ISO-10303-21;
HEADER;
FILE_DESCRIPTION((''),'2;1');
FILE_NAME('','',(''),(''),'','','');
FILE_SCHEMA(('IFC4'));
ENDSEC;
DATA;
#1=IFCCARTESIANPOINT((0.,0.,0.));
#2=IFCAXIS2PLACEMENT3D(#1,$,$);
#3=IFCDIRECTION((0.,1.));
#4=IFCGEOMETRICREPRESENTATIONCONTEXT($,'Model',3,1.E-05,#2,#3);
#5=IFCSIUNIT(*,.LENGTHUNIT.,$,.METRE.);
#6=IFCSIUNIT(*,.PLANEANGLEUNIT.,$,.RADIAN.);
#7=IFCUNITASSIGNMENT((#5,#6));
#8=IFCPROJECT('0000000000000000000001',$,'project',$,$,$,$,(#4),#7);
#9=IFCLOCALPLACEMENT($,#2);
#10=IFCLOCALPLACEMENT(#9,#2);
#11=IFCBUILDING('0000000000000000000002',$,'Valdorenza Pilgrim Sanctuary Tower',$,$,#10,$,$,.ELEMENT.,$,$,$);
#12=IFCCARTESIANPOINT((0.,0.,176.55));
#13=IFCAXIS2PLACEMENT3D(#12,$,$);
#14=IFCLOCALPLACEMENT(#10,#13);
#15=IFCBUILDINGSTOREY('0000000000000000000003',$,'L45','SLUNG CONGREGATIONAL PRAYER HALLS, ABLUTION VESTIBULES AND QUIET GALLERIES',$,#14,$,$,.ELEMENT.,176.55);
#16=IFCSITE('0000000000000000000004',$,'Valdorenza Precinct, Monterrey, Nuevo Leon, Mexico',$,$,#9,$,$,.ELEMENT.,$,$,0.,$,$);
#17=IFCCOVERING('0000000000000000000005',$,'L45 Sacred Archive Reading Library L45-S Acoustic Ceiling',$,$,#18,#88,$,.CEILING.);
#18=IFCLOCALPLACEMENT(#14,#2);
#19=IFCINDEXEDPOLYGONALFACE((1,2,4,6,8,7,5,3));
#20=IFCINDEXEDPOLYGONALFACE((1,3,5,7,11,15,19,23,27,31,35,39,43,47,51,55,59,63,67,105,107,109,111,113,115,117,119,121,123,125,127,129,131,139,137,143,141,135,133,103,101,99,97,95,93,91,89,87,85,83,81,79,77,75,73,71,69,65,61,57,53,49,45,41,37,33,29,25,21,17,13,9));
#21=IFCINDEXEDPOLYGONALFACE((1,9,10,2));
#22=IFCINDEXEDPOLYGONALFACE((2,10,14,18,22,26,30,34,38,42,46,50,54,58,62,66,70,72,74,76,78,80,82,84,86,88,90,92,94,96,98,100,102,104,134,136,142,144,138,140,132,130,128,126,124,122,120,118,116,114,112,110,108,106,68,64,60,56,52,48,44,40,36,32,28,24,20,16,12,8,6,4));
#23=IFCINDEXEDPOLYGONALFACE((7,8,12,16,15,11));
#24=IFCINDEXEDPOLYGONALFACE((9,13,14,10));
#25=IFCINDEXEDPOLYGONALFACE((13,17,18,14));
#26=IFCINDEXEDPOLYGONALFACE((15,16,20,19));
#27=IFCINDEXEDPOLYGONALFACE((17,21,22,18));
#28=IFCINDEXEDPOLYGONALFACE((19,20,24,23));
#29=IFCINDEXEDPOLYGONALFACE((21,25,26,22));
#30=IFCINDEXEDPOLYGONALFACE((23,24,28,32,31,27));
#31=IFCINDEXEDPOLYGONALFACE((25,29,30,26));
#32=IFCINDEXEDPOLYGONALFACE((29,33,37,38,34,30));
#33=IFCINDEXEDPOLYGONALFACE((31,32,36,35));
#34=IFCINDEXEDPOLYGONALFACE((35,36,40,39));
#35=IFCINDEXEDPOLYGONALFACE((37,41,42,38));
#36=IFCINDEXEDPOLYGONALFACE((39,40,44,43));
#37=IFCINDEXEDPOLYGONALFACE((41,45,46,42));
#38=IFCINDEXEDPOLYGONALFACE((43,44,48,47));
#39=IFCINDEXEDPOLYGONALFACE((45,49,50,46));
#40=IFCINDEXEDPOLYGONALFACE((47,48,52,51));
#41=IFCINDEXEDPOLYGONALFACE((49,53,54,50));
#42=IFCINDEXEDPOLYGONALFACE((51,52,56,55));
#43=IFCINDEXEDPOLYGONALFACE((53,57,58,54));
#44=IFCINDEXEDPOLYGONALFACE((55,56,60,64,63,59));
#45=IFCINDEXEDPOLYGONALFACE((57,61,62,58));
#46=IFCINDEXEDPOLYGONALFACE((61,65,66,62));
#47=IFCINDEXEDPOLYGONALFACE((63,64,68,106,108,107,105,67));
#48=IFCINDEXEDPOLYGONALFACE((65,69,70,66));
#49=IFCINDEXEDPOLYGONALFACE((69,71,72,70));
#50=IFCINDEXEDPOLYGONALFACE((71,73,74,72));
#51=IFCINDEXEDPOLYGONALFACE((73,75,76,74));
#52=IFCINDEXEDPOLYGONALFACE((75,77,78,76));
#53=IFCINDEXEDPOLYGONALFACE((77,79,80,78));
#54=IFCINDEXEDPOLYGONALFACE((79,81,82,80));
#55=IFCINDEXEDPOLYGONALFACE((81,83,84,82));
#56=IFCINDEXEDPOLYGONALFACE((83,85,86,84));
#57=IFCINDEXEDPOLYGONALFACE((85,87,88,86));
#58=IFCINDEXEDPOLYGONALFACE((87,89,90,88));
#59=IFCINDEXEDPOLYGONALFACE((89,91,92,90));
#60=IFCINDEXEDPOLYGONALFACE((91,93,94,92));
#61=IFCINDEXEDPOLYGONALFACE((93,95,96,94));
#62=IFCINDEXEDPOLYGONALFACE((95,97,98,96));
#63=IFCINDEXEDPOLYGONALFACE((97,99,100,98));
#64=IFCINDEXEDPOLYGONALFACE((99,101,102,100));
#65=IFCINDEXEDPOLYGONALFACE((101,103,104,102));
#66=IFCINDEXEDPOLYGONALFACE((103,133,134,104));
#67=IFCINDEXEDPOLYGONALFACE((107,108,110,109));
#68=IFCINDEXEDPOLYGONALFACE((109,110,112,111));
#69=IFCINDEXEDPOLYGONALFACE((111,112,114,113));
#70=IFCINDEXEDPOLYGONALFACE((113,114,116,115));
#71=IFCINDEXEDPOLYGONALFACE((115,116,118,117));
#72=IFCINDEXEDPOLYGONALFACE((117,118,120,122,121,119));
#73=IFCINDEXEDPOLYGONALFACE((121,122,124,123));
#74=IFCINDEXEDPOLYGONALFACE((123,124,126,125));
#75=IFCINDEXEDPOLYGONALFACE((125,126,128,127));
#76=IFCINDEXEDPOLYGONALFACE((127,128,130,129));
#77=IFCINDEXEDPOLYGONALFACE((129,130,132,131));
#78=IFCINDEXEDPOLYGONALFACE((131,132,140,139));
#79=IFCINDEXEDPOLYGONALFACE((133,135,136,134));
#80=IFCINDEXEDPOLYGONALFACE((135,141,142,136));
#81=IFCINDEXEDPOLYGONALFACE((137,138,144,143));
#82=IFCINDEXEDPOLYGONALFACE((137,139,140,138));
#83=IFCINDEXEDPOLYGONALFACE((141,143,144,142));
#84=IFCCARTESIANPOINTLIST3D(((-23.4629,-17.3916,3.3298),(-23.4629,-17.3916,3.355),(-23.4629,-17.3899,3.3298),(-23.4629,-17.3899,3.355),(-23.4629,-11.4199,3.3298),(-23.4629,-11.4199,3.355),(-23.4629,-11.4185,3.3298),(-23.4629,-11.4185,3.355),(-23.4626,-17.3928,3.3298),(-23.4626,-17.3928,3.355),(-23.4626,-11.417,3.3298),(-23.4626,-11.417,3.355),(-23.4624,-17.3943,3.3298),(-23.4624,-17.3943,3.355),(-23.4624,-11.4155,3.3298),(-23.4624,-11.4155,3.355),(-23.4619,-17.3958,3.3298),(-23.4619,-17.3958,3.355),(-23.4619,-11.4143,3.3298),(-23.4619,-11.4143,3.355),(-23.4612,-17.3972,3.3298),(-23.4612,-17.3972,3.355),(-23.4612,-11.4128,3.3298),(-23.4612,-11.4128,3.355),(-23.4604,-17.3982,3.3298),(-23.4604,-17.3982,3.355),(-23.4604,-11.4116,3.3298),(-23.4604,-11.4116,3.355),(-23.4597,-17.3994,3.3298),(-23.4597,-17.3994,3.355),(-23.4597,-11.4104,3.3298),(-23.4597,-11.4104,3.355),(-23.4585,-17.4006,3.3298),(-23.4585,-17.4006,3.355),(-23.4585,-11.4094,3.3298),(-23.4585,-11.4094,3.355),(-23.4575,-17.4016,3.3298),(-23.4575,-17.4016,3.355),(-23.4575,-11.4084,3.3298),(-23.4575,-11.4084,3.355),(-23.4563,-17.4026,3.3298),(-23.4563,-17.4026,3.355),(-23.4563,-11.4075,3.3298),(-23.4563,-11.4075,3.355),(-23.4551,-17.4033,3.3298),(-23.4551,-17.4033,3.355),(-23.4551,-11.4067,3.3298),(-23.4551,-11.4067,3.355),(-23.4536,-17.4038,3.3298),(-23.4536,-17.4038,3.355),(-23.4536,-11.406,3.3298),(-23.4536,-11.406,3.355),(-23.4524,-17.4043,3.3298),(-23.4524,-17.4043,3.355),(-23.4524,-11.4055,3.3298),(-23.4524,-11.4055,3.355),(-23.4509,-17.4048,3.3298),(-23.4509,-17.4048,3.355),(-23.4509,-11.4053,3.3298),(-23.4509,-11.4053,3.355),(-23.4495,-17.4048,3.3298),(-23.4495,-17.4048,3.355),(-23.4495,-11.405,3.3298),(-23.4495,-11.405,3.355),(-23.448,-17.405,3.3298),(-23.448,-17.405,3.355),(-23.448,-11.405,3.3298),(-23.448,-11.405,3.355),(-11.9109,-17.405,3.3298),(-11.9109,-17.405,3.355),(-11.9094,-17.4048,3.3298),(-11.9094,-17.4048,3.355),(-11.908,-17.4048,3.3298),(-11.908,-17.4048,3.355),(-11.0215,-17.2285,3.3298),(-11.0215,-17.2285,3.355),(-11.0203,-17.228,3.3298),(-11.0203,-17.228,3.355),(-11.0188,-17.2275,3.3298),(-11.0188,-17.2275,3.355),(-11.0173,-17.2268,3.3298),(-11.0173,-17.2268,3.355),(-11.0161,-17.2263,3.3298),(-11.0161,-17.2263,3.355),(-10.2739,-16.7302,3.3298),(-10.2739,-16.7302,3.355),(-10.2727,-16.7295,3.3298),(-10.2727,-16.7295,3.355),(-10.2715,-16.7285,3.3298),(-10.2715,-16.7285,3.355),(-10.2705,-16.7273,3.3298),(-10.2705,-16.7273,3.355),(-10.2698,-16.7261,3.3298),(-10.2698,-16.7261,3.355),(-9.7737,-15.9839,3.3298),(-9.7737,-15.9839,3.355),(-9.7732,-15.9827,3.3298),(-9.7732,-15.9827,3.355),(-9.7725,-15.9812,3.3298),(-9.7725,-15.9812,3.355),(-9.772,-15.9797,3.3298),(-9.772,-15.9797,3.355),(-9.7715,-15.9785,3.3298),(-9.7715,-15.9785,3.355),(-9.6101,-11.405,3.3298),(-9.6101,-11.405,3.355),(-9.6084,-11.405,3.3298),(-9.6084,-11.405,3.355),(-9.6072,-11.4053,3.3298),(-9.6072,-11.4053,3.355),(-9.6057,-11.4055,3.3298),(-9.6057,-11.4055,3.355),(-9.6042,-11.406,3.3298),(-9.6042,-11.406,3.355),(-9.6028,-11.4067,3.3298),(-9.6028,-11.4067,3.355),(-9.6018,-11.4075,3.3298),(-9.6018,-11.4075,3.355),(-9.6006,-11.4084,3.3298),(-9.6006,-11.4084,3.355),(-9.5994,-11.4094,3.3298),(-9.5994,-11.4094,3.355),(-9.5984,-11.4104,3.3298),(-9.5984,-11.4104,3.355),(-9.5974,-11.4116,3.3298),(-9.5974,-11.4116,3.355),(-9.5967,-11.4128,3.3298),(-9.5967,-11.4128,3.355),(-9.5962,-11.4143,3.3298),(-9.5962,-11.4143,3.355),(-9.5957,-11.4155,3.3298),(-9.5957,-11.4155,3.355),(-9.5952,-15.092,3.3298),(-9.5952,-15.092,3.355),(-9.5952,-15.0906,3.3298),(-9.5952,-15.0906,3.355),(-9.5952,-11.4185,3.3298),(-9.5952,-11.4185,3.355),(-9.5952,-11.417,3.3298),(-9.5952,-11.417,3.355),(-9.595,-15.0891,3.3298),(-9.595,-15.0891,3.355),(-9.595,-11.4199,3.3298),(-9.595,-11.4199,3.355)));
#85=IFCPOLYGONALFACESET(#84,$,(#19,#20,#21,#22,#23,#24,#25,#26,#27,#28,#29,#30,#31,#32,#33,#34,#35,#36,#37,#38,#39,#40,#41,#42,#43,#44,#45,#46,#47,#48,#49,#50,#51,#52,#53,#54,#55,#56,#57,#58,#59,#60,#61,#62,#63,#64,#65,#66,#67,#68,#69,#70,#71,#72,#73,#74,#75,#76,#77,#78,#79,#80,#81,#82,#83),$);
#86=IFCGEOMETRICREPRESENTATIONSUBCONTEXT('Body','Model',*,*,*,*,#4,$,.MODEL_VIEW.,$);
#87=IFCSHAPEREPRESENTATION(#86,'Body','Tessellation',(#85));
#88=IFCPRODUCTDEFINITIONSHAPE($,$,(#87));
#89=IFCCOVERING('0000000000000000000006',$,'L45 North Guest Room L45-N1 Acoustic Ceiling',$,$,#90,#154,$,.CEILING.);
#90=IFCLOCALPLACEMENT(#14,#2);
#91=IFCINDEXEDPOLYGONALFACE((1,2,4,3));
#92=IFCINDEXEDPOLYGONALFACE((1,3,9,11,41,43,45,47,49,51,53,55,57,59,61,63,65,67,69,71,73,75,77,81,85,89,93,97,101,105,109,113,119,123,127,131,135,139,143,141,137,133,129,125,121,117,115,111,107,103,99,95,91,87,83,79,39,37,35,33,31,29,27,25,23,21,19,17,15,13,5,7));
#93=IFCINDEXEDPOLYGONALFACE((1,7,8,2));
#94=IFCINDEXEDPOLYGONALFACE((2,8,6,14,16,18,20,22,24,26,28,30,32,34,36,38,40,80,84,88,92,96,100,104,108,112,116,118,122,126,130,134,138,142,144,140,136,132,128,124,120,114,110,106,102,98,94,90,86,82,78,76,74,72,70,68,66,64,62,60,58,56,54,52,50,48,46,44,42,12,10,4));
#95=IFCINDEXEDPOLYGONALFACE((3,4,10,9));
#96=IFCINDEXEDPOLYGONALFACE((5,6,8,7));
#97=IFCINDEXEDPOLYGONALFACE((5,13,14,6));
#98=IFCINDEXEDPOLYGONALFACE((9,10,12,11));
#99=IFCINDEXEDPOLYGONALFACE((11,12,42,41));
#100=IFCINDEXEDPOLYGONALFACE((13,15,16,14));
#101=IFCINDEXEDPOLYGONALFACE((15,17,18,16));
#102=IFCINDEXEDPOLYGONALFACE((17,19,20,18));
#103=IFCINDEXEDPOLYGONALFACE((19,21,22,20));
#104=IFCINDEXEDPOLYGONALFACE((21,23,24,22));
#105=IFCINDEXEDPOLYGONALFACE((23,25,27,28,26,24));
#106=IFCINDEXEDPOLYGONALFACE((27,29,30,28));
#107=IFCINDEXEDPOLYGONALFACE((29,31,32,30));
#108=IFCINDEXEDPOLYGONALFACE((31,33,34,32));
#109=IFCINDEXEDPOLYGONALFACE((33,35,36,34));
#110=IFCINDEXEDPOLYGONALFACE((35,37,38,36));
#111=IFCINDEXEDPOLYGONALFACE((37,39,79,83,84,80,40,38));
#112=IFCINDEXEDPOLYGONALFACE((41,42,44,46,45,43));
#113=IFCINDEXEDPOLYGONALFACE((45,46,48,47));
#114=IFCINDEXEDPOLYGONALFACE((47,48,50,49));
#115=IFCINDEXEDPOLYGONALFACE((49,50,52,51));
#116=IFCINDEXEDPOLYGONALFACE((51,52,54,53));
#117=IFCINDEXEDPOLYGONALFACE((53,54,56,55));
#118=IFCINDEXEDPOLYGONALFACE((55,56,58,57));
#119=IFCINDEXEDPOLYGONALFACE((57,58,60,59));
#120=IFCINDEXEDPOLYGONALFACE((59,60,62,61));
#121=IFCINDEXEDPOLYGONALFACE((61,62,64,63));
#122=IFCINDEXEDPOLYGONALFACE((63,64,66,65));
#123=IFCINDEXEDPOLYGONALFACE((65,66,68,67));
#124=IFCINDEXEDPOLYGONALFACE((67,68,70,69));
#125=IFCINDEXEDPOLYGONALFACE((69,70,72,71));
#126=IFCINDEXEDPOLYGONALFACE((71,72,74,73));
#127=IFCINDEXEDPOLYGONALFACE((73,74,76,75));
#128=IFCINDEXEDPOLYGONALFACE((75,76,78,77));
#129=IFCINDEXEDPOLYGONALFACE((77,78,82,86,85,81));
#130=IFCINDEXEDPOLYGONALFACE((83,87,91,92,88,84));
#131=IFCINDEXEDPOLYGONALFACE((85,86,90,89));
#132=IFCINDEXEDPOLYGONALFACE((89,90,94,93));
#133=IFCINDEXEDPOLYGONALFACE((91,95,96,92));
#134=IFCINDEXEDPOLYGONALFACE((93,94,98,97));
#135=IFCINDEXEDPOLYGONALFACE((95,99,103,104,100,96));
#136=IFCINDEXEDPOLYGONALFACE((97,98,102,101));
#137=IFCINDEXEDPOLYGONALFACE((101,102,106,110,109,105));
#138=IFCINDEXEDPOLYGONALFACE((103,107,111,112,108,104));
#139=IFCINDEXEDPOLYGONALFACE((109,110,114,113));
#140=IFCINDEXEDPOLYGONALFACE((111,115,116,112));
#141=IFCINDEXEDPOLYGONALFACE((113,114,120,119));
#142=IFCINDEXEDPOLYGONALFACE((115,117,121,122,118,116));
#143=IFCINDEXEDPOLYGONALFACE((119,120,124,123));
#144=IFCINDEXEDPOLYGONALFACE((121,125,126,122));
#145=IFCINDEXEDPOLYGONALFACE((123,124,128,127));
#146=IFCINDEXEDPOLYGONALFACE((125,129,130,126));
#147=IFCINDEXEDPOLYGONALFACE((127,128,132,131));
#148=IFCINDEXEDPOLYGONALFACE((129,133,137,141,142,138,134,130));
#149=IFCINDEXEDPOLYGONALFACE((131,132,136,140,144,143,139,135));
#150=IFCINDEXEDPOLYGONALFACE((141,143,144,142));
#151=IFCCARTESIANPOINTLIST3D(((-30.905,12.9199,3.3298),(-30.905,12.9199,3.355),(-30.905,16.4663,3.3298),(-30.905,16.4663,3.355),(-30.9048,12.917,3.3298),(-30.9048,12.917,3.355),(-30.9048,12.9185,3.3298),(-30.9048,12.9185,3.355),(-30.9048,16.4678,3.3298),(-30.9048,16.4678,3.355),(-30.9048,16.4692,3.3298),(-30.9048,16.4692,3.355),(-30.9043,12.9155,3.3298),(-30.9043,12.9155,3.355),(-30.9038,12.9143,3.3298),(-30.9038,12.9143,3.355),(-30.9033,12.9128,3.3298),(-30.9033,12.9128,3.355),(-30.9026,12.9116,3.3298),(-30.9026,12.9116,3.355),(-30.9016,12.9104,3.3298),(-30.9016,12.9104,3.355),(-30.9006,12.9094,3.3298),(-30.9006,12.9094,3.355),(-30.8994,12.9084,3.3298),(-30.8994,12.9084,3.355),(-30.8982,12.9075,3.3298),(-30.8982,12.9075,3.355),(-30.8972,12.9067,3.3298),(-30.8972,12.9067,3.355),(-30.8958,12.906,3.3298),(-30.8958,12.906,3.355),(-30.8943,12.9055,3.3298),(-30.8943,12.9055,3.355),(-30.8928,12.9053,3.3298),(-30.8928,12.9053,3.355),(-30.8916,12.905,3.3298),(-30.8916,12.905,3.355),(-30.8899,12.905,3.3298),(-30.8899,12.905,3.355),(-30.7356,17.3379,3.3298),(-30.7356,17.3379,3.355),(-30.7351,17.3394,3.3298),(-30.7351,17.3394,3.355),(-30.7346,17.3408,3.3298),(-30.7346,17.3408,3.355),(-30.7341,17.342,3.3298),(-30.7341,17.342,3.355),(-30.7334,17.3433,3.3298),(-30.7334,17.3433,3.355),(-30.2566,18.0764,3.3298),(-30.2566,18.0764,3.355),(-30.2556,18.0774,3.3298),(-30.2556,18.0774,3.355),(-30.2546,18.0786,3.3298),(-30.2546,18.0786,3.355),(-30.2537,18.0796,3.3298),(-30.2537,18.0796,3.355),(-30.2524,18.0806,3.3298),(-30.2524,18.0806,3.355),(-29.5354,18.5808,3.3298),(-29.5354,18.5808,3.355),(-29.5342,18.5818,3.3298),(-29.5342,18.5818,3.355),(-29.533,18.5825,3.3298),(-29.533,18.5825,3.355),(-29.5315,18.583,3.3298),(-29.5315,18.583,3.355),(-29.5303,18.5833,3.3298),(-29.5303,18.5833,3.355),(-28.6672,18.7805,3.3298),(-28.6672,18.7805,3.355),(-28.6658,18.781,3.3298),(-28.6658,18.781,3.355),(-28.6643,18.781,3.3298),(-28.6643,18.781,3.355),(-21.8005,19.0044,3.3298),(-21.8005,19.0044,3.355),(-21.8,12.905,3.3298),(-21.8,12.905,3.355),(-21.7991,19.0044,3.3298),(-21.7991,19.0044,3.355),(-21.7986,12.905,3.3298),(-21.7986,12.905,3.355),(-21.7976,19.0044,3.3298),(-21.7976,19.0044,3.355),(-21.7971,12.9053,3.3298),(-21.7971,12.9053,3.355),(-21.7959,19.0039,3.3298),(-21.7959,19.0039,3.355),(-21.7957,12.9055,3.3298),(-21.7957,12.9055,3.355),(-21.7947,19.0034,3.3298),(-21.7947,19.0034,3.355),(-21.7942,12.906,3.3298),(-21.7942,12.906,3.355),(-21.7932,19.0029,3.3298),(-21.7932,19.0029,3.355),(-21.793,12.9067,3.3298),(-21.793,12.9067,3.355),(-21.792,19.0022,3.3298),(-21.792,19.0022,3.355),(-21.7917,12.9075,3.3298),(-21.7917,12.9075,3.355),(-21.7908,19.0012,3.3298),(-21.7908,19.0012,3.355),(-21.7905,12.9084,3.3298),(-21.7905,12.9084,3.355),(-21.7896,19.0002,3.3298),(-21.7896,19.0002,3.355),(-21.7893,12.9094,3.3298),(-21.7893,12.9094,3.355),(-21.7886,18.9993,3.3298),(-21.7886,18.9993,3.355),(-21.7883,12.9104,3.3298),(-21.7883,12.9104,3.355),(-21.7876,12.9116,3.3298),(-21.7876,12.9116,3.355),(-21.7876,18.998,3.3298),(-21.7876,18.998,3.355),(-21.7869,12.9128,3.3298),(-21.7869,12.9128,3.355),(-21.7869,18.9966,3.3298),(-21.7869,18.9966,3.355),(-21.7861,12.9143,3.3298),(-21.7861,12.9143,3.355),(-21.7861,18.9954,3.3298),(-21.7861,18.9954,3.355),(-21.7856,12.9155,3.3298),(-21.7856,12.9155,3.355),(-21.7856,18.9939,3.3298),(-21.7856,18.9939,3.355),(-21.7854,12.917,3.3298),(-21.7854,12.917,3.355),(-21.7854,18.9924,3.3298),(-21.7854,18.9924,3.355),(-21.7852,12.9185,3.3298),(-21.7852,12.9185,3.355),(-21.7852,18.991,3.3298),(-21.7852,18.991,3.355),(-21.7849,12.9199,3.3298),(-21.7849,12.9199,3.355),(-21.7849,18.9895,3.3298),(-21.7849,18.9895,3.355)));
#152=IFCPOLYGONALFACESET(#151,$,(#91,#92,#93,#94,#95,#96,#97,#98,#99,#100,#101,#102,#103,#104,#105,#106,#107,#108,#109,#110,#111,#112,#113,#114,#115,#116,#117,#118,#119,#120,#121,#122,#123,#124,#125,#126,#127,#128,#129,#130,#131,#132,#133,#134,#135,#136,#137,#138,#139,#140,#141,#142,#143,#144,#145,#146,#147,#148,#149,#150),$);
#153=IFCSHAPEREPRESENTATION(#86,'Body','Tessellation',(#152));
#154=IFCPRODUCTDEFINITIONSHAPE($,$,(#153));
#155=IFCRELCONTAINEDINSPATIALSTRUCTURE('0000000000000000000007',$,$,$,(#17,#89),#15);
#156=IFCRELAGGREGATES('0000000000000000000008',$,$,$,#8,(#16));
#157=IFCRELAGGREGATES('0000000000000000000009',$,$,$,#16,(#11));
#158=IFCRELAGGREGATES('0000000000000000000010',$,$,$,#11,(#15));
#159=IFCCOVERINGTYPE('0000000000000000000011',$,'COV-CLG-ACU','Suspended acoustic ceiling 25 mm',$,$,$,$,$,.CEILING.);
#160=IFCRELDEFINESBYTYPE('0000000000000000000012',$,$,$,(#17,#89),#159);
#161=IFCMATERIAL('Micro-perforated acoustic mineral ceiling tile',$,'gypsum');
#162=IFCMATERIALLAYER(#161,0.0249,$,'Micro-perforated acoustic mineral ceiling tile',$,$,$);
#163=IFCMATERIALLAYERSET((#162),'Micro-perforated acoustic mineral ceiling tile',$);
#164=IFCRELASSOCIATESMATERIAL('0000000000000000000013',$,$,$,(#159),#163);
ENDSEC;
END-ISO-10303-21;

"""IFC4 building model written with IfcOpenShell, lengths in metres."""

from ifc_helpers import new_model, si_unit, direction, frame, origin, place, context, subcontext, project, spatial, polyline, outline, extrude, material, layer, layer_set, type_object, element, save


model = new_model("IFC4")

# Units and contexts
model_context = context("Model", 3, precision=1e-05, world=origin(), true_north=direction((0.0, 1.0)))
body_context = subcontext(model_context, "Body", "Model", "MODEL_VIEW")
ifc_project = project(units=[si_unit("LENGTHUNIT", "METRE"), si_unit("PLANEANGLEUNIT", "RADIAN")], contexts=[model_context])

# Site, building, storey
site_placement = place(None, origin())
site = spatial("IfcSite", under=ifc_project, at=site_placement, Name="Valdorenza Precinct, Monterrey, Nuevo Leon, Mexico", CompositionType="ELEMENT", RefElevation=0.0)
building_placement = place(site_placement, origin())
building = spatial("IfcBuilding", under=site, at=building_placement, Name="Valdorenza Pilgrim Sanctuary Tower", CompositionType="ELEMENT")
storey_placement = place(building_placement, frame((0.0, 0.0, 176.55)))
storey = spatial("IfcBuildingStorey", under=building, at=storey_placement, Name="L45", Description="SLUNG CONGREGATIONAL PRAYER HALLS, ABLUTION VESTIBULES AND QUIET GALLERIES", CompositionType="ELEMENT", Elevation=176.55)

# Coverings
ifc_material_1 = material(Name="Micro-perforated acoustic mineral ceiling tile", Category="gypsum")
ifc_layer_1 = layer(ifc_material_1, 0.0249, Name="Micro-perforated acoustic mineral ceiling tile")
ifc_layer_set_1 = layer_set([ifc_layer_1], Name="Micro-perforated acoustic mineral ceiling tile")
covering_type_1 = type_object("IfcCoveringType", Name="COV-CLG-ACU", Description="Suspended acoustic ceiling 25 mm", PredefinedType="CEILING", material=ifc_layer_set_1)
covering_1_placement = place(storey_placement, frame((0.0, 0.0, 3.3298)))
element("IfcCovering", 1, at=covering_1_placement, inside=storey, type_object=covering_type_1, Name="L45 Sacred Archive Reading Library L45-S Acoustic Ceiling", PredefinedType="CEILING", context=body_context, shape_type="SweptSolid", body=[
    extrude(outline(polyline([(-9.6101, -11.405), (-9.6084, -11.405), (-9.6072, -11.4053), (-9.6057, -11.4055), (-9.6042, -11.406), (-9.6028, -11.4067), (-9.6018, -11.4075), (-9.6006, -11.4084), (-9.5994, -11.4094), (-9.5984, -11.4104), (-9.5974, -11.4116), (-9.5967, -11.4128), (-9.5962, -11.4143), (-9.5957, -11.4155), (-9.5952, -11.417), (-9.5952, -11.4185), (-9.595, -11.4199), (-9.595, -15.0891), (-9.5952, -15.0906), (-9.5952, -15.092), (-9.7715, -15.9785), (-9.772, -15.9797), (-9.7725, -15.9812), (-9.7732, -15.9827), (-9.7737, -15.9839), (-10.2698, -16.7261), (-10.2705, -16.7273), (-10.2715, -16.7285), (-10.2727, -16.7295), (-10.2739, -16.7302), (-11.0161, -17.2263), (-11.0173, -17.2268), (-11.0188, -17.2275), (-11.0203, -17.228), (-11.0215, -17.2285), (-11.908, -17.4048), (-11.9094, -17.4048), (-11.9109, -17.405), (-23.448, -17.405), (-23.4495, -17.4048), (-23.4509, -17.4048), (-23.4524, -17.4043), (-23.4536, -17.4038), (-23.4551, -17.4033), (-23.4563, -17.4026), (-23.4575, -17.4016), (-23.4585, -17.4006), (-23.4597, -17.3994), (-23.4604, -17.3982), (-23.4612, -17.3972), (-23.4619, -17.3958), (-23.4624, -17.3943), (-23.4626, -17.3928), (-23.4629, -17.3916), (-23.4629, -17.3899), (-23.4629, -11.4199), (-23.4629, -11.4185), (-23.4626, -11.417), (-23.4624, -11.4155), (-23.4619, -11.4143), (-23.4612, -11.4128), (-23.4604, -11.4116), (-23.4597, -11.4104), (-23.4585, -11.4094), (-23.4575, -11.4084), (-23.4563, -11.4075), (-23.4551, -11.4067), (-23.4536, -11.406), (-23.4524, -11.4055), (-23.4509, -11.4053), (-23.4495, -11.405), (-23.448, -11.405), (-9.6101, -11.405)])), origin(), (0.0, 0.0, 1.0), 0.0251),
])
covering_2_placement = place(storey_placement, frame((0.0, 0.0, 3.3298)))
element("IfcCovering", 2, at=covering_2_placement, inside=storey, type_object=covering_type_1, Name="L45 North Guest Room L45-N1 Acoustic Ceiling", PredefinedType="CEILING", context=body_context, shape_type="SweptSolid", body=[
    extrude(outline(polyline([(-30.7356, 17.3379), (-30.7351, 17.3394), (-30.7346, 17.3408), (-30.7341, 17.342), (-30.7334, 17.3433), (-30.2566, 18.0764), (-30.2556, 18.0774), (-30.2546, 18.0786), (-30.2537, 18.0796), (-30.2524, 18.0806), (-29.5354, 18.5808), (-29.5342, 18.5818), (-29.533, 18.5825), (-29.5315, 18.583), (-29.5303, 18.5833), (-28.6672, 18.7805), (-28.6658, 18.781), (-28.6643, 18.781), (-21.8005, 19.0044), (-21.7991, 19.0044), (-21.7976, 19.0044), (-21.7959, 19.0039), (-21.7947, 19.0034), (-21.7932, 19.0029), (-21.792, 19.0022), (-21.7908, 19.0012), (-21.7896, 19.0002), (-21.7886, 18.9993), (-21.7876, 18.998), (-21.7869, 18.9966), (-21.7861, 18.9954), (-21.7856, 18.9939), (-21.7854, 18.9924), (-21.7852, 18.991), (-21.7849, 18.9895), (-21.7849, 12.9199), (-21.7852, 12.9185), (-21.7854, 12.917), (-21.7856, 12.9155), (-21.7861, 12.9143), (-21.7869, 12.9128), (-21.7876, 12.9116), (-21.7883, 12.9104), (-21.7893, 12.9094), (-21.7905, 12.9084), (-21.7917, 12.9075), (-21.793, 12.9067), (-21.7942, 12.906), (-21.7957, 12.9055), (-21.7971, 12.9053), (-21.7986, 12.905), (-21.8, 12.905), (-30.8899, 12.905), (-30.8916, 12.905), (-30.8928, 12.9053), (-30.8943, 12.9055), (-30.8958, 12.906), (-30.8972, 12.9067), (-30.8982, 12.9075), (-30.8994, 12.9084), (-30.9006, 12.9094), (-30.9016, 12.9104), (-30.9026, 12.9116), (-30.9033, 12.9128), (-30.9038, 12.9143), (-30.9043, 12.9155), (-30.9048, 12.917), (-30.9048, 12.9185), (-30.905, 12.9199), (-30.905, 16.4663), (-30.9048, 16.4678), (-30.9048, 16.4692), (-30.7356, 17.3379)])), origin(), (0.0, 0.0, 1.0), 0.0251),
])

save(model, "model.ifc")
